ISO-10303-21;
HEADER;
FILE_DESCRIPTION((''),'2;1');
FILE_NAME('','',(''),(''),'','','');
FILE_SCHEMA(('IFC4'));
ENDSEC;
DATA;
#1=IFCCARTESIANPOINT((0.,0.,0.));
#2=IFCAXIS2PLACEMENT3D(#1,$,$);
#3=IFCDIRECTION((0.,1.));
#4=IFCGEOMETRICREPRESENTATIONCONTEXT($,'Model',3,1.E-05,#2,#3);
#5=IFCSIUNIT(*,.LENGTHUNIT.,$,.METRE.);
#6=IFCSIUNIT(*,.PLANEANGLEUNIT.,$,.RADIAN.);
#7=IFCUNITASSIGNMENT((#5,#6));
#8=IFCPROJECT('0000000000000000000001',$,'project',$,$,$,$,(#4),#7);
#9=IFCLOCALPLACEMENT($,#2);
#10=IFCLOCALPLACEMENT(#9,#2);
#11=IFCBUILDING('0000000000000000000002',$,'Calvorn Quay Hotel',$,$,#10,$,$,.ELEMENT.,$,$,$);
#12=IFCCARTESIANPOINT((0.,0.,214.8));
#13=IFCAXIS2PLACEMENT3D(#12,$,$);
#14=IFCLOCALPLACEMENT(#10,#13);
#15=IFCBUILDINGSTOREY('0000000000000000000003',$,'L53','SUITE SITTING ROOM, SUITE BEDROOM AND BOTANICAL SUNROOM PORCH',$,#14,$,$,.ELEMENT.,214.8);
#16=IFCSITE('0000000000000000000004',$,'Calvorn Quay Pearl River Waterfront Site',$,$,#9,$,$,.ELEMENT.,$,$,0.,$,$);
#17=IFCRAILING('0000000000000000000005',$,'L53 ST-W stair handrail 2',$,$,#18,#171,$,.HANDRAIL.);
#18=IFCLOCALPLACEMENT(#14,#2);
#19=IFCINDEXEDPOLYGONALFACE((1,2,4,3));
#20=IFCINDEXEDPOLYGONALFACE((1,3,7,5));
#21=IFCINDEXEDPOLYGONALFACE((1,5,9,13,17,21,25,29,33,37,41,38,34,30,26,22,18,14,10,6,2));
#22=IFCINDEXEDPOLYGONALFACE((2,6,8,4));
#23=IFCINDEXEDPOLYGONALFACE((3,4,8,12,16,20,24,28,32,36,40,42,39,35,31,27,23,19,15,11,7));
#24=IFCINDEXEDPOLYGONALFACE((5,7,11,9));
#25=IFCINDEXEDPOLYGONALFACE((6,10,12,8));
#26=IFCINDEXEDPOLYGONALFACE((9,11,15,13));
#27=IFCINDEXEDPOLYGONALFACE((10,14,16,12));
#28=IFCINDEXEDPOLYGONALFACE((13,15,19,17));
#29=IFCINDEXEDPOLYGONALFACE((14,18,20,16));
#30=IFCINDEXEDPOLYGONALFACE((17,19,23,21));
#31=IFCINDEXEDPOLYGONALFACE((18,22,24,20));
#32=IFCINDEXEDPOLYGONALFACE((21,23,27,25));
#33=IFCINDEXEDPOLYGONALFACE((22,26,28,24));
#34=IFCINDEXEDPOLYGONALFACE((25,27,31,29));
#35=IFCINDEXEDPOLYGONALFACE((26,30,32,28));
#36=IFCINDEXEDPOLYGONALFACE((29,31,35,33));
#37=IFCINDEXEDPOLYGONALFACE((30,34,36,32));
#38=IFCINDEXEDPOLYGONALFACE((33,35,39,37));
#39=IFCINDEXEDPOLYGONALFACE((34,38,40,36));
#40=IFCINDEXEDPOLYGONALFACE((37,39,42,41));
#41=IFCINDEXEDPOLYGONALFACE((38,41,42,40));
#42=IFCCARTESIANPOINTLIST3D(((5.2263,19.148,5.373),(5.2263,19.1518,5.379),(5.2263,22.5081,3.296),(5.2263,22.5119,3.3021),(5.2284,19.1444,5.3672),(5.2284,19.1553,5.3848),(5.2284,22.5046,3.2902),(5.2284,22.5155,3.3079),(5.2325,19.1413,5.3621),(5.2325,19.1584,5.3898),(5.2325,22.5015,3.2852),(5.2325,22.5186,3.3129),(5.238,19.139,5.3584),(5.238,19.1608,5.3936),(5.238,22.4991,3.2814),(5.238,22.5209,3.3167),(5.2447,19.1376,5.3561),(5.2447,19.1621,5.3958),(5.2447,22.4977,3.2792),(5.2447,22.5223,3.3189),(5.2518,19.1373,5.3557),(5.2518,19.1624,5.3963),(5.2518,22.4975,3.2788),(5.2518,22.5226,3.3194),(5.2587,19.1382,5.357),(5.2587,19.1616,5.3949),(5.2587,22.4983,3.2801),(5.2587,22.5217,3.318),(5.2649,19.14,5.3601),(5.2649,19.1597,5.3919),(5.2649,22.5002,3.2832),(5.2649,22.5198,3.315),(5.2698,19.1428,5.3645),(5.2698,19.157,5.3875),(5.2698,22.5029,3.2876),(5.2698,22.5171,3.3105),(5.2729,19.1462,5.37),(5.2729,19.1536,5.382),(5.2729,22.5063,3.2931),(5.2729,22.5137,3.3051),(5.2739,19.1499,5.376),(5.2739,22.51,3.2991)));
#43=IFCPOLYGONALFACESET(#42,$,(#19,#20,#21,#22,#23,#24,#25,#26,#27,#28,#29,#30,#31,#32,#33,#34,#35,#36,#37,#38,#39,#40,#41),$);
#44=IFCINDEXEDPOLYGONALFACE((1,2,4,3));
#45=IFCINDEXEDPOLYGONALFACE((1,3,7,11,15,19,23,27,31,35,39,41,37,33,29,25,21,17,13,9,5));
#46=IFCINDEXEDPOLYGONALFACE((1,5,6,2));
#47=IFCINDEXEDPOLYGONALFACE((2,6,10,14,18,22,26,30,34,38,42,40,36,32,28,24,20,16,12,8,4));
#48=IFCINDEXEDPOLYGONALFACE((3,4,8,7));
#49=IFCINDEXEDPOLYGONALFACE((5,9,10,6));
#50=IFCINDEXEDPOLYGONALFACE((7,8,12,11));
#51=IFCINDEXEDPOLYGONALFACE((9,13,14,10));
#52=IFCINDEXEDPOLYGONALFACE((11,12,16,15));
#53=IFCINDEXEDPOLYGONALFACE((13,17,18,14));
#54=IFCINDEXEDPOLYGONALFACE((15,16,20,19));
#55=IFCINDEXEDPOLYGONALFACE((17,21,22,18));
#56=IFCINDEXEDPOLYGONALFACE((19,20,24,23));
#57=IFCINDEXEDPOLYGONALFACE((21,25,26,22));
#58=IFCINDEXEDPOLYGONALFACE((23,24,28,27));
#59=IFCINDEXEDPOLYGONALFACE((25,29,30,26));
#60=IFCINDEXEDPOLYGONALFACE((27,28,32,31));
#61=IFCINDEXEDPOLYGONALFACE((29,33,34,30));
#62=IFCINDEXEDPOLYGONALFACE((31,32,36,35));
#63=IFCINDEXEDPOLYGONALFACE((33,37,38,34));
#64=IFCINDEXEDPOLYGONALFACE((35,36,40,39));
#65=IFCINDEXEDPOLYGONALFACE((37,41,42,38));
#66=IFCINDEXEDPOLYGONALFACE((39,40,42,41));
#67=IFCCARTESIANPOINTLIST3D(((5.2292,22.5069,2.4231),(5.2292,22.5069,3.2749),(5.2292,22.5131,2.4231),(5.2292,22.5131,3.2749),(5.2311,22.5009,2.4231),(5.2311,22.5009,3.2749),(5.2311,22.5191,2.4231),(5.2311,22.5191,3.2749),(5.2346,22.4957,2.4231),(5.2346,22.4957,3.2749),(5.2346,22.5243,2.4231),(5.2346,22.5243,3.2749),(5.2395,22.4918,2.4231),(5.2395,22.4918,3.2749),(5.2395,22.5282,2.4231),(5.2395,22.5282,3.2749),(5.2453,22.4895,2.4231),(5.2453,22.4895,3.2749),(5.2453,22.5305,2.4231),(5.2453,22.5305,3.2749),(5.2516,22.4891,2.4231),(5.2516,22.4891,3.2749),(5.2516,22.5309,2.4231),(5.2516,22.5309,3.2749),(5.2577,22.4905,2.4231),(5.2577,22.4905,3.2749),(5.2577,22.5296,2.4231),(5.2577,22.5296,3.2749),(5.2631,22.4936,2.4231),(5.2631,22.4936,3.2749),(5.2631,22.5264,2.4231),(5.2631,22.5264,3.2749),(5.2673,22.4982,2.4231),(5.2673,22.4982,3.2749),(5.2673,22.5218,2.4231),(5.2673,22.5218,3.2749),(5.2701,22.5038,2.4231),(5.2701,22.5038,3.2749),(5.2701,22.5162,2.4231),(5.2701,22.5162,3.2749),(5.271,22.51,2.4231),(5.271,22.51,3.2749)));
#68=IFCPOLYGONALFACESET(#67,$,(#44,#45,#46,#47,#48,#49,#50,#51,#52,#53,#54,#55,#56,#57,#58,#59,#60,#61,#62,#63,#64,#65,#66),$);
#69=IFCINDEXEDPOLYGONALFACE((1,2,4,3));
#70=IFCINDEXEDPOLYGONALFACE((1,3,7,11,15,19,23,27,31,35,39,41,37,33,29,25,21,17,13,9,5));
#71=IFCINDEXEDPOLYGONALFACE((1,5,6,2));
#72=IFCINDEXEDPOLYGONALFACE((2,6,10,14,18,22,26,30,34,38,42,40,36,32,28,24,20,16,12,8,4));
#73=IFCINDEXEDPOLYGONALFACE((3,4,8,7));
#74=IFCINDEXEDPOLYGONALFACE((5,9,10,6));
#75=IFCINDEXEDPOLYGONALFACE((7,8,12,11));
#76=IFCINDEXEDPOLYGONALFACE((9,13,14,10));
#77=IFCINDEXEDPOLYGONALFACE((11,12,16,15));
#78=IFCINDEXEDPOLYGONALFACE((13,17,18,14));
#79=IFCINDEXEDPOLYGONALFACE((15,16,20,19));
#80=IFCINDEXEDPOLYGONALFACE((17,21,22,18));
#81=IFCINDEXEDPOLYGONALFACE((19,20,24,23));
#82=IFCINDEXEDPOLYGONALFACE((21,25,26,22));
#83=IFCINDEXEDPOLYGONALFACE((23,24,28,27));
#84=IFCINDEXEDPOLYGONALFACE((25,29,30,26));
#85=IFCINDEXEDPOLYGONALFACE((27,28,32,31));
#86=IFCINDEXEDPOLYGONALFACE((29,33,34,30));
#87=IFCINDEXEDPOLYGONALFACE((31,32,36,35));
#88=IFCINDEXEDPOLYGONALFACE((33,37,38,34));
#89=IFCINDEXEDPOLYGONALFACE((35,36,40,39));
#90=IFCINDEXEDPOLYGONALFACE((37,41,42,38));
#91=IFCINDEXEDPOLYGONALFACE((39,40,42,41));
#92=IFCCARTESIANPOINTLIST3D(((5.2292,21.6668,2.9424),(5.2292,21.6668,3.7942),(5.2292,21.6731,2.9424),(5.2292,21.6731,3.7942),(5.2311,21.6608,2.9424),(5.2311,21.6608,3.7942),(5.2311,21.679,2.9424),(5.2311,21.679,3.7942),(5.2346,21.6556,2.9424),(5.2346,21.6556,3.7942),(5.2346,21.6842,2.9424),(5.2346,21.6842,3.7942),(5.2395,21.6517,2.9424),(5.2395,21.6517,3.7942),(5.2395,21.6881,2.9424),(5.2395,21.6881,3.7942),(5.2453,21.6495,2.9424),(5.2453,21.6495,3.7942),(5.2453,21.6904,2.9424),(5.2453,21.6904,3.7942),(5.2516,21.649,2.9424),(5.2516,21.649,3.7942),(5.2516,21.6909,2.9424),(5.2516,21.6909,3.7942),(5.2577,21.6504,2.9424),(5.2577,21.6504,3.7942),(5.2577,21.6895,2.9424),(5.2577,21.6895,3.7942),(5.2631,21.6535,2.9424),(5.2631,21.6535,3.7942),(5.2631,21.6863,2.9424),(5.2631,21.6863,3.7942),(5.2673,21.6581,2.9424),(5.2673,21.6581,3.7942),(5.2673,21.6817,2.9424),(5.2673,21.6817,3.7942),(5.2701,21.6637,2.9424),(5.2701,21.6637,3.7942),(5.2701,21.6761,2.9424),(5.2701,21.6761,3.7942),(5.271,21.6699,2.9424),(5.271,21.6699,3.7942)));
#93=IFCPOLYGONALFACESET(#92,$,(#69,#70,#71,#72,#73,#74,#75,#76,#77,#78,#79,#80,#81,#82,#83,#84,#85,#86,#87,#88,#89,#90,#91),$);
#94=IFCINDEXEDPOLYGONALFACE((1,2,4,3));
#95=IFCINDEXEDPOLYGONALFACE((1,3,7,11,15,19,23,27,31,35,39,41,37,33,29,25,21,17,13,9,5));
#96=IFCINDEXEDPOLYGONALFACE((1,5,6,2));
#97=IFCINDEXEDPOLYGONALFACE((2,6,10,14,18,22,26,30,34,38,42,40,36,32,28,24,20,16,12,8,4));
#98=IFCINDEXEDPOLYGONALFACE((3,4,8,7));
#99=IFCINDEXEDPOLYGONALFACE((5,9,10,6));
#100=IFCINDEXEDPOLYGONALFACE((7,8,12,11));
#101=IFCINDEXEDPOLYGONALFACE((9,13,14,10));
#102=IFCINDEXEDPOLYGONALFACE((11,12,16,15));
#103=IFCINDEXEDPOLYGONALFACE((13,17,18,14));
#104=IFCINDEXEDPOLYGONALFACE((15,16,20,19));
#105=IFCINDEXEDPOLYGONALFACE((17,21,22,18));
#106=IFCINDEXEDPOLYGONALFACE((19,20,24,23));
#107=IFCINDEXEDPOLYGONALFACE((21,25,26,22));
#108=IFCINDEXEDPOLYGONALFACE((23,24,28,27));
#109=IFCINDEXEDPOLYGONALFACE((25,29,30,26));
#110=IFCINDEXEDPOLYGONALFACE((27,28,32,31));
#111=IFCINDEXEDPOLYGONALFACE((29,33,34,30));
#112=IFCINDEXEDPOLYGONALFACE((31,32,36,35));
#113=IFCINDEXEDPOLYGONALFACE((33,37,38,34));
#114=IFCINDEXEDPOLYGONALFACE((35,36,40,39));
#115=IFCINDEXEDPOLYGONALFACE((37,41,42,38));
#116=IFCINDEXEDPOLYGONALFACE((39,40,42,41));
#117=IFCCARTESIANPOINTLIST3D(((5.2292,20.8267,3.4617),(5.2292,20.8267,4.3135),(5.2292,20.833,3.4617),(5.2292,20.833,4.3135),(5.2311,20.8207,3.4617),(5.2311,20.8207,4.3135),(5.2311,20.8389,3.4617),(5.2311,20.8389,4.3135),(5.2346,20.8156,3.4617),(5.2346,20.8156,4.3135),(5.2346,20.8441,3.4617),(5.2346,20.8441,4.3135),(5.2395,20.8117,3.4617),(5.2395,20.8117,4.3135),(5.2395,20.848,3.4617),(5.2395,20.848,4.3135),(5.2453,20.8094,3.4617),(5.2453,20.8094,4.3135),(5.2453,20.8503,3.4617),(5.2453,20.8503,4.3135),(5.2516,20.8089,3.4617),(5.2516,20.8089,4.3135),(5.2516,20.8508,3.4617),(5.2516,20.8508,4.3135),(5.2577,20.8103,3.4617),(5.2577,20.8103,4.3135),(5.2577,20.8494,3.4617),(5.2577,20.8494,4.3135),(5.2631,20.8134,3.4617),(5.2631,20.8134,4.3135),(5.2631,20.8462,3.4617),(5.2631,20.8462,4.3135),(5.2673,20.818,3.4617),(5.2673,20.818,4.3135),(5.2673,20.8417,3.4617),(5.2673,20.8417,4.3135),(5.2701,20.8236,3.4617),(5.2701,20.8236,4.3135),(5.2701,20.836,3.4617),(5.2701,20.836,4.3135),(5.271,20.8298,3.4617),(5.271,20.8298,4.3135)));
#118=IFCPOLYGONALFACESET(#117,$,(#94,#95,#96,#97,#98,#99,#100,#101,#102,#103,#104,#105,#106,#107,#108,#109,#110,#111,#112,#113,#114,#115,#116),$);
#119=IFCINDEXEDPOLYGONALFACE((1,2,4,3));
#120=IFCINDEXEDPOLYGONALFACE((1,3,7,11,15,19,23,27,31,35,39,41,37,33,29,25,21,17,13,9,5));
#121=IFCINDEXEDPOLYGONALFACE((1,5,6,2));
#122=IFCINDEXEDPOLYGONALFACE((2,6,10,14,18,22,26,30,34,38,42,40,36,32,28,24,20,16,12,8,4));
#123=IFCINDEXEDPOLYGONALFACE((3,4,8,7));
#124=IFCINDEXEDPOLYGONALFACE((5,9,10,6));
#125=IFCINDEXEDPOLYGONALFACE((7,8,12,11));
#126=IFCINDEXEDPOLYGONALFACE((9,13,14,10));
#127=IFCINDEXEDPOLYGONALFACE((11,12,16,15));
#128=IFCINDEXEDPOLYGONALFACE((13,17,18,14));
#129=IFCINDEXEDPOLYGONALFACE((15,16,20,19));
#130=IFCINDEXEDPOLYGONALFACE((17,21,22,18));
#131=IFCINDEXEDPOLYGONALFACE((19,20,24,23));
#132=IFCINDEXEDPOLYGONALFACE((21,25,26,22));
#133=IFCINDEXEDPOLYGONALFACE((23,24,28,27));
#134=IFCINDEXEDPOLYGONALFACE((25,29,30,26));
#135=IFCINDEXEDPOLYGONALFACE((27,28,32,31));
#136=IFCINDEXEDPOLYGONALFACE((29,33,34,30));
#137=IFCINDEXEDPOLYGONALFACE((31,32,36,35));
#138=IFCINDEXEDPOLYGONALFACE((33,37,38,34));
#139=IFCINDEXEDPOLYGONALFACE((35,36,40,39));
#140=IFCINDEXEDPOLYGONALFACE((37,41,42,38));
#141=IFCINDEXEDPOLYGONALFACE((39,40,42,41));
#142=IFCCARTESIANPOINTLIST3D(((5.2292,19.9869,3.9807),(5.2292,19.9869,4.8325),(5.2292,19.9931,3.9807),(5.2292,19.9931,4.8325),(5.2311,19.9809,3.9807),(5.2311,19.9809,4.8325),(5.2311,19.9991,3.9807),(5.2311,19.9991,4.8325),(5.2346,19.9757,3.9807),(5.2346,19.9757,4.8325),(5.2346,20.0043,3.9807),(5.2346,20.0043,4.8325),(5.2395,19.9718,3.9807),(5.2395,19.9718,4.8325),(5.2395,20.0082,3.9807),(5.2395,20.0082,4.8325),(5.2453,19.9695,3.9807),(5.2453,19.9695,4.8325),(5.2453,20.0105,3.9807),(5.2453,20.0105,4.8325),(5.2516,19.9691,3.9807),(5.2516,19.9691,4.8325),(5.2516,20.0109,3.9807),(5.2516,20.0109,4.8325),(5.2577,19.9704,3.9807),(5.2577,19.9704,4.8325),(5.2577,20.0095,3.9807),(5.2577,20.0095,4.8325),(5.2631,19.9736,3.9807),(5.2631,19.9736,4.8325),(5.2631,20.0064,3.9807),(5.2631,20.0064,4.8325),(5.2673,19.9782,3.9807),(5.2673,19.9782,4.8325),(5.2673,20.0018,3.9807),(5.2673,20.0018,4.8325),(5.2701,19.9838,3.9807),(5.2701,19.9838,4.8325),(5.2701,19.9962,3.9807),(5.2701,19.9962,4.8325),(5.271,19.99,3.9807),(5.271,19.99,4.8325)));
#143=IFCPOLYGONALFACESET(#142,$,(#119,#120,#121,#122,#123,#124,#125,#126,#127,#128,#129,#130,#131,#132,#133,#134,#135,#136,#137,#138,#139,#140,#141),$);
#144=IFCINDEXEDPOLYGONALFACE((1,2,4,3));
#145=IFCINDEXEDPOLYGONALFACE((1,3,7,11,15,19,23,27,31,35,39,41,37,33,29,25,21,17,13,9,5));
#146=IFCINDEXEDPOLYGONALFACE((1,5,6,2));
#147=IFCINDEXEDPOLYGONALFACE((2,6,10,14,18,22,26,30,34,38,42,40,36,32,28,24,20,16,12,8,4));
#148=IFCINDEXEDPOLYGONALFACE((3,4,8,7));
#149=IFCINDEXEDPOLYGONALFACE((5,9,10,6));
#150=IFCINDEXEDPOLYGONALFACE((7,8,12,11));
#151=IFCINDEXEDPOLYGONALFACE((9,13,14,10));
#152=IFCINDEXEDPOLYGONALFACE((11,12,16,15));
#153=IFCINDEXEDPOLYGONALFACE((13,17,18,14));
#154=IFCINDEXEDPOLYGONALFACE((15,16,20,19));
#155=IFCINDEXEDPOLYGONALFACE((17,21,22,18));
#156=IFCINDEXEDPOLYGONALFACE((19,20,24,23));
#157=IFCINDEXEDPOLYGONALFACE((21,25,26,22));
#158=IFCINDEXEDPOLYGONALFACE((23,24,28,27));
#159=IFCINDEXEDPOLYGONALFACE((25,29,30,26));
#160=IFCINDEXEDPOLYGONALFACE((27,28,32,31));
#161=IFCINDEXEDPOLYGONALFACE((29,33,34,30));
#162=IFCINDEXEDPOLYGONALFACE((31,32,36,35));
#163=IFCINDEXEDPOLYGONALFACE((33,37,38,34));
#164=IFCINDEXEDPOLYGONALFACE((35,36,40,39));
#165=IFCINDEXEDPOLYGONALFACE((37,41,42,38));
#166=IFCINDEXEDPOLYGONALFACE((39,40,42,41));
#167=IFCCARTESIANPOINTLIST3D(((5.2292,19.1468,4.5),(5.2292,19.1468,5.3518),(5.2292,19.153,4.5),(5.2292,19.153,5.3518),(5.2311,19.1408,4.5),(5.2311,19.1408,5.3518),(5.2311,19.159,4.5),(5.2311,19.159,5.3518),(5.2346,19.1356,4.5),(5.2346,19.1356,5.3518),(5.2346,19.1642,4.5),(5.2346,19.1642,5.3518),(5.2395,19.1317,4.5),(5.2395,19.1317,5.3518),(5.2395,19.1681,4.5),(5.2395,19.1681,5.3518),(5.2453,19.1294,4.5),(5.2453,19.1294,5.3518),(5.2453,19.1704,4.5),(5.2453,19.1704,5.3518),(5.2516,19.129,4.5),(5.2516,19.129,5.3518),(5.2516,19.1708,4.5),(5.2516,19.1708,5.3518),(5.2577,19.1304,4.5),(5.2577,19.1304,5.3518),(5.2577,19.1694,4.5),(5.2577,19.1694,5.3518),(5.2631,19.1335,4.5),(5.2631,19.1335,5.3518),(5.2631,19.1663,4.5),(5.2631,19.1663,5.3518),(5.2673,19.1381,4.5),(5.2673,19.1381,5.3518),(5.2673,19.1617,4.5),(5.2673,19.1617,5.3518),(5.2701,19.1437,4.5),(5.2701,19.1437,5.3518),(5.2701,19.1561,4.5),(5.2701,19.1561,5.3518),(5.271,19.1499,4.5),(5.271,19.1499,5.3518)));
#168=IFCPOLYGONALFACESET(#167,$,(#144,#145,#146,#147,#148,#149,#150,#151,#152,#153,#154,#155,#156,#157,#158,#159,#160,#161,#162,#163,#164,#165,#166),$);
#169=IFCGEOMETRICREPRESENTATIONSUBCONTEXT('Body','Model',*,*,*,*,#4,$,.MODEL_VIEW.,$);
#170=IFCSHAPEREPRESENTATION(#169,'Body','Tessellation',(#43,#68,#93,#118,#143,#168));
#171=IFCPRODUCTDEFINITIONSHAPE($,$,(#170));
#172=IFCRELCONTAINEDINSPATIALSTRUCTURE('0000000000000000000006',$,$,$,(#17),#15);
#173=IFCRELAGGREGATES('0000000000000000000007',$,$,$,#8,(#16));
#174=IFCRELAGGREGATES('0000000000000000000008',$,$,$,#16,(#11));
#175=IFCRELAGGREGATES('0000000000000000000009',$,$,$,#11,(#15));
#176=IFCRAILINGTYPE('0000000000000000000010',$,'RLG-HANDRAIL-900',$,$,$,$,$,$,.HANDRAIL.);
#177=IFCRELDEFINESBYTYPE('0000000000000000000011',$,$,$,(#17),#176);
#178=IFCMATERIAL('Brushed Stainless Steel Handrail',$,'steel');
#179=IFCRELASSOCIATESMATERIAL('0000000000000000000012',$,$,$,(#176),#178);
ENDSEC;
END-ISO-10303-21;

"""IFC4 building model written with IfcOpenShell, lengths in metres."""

from ifc_helpers import new_model, si_unit, direction, frame, origin, origin_2d, place, context, subcontext, project, spatial, circle, extrude, material, type_object, element, save


model = new_model("IFC4")

# Units and contexts
model_context = context("Model", 3, precision=1e-05, world=origin(), true_north=direction((0.0, 1.0)))
body_context = subcontext(model_context, "Body", "Model", "MODEL_VIEW")
ifc_project = project(units=[si_unit("LENGTHUNIT", "METRE"), si_unit("PLANEANGLEUNIT", "RADIAN")], contexts=[model_context])

# Site, building, storey
site_placement = place(None, origin())
site = spatial("IfcSite", under=ifc_project, at=site_placement, Name="Calvorn Quay Pearl River Waterfront Site", CompositionType="ELEMENT", RefElevation=0.0)
building_placement = place(site_placement, origin())
building = spatial("IfcBuilding", under=site, at=building_placement, Name="Calvorn Quay Hotel", CompositionType="ELEMENT")
storey_placement = place(building_placement, frame((0.0, 0.0, 214.8)))
storey = spatial("IfcBuildingStorey", under=building, at=storey_placement, Name="L53", Description="SUITE SITTING ROOM, SUITE BEDROOM AND BOTANICAL SUNROOM PORCH", CompositionType="ELEMENT", Elevation=214.8)

# Railing
ifc_material_1 = material(Name="Brushed Stainless Steel Handrail", Category="steel")
railing_type_1 = type_object("IfcRailingType", Name="RLG-HANDRAIL-900", PredefinedType="HANDRAIL", material=ifc_material_1)
railing_1_placement = place(storey_placement, frame((5.25, 22.51, 2.4231)))
element("IfcRailing", 1, at=railing_1_placement, inside=storey, type_object=railing_type_1, Name="L53 ST-W stair handrail 2", PredefinedType="HANDRAIL", context=body_context, shape_type="SweptSolid", body=[
    extrude(circle(Radius=0.0239, at=origin_2d()), frame((0.0, 0.0, 0.876), z_axis=(0.0, -0.850623, 0.525776), x_axis=(1.0, 0.0, 0.0)), (0.0, 0.0, 1.0), 3.9502),
    extrude(circle(Radius=0.021, at=origin_2d()), origin(), (0.0, 0.0, 1.0), 0.8518),
    extrude(circle(Radius=0.021, at=origin_2d()), frame((0.0, -0.8401, 0.5193)), (0.0, 0.0, 1.0), 0.8518),
    extrude(circle(Radius=0.021, at=origin_2d()), frame((0.0, -1.6802, 1.0386)), (0.0, 0.0, 1.0), 0.8518),
    extrude(circle(Radius=0.021, at=origin_2d()), frame((0.0, -2.52, 1.5576)), (0.0, 0.0, 1.0), 0.8518),
    extrude(circle(Radius=0.021, at=origin_2d()), frame((0.0, -3.3601, 2.0769)), (0.0, 0.0, 1.0), 0.8518),
])

save(model, "model.ifc")
